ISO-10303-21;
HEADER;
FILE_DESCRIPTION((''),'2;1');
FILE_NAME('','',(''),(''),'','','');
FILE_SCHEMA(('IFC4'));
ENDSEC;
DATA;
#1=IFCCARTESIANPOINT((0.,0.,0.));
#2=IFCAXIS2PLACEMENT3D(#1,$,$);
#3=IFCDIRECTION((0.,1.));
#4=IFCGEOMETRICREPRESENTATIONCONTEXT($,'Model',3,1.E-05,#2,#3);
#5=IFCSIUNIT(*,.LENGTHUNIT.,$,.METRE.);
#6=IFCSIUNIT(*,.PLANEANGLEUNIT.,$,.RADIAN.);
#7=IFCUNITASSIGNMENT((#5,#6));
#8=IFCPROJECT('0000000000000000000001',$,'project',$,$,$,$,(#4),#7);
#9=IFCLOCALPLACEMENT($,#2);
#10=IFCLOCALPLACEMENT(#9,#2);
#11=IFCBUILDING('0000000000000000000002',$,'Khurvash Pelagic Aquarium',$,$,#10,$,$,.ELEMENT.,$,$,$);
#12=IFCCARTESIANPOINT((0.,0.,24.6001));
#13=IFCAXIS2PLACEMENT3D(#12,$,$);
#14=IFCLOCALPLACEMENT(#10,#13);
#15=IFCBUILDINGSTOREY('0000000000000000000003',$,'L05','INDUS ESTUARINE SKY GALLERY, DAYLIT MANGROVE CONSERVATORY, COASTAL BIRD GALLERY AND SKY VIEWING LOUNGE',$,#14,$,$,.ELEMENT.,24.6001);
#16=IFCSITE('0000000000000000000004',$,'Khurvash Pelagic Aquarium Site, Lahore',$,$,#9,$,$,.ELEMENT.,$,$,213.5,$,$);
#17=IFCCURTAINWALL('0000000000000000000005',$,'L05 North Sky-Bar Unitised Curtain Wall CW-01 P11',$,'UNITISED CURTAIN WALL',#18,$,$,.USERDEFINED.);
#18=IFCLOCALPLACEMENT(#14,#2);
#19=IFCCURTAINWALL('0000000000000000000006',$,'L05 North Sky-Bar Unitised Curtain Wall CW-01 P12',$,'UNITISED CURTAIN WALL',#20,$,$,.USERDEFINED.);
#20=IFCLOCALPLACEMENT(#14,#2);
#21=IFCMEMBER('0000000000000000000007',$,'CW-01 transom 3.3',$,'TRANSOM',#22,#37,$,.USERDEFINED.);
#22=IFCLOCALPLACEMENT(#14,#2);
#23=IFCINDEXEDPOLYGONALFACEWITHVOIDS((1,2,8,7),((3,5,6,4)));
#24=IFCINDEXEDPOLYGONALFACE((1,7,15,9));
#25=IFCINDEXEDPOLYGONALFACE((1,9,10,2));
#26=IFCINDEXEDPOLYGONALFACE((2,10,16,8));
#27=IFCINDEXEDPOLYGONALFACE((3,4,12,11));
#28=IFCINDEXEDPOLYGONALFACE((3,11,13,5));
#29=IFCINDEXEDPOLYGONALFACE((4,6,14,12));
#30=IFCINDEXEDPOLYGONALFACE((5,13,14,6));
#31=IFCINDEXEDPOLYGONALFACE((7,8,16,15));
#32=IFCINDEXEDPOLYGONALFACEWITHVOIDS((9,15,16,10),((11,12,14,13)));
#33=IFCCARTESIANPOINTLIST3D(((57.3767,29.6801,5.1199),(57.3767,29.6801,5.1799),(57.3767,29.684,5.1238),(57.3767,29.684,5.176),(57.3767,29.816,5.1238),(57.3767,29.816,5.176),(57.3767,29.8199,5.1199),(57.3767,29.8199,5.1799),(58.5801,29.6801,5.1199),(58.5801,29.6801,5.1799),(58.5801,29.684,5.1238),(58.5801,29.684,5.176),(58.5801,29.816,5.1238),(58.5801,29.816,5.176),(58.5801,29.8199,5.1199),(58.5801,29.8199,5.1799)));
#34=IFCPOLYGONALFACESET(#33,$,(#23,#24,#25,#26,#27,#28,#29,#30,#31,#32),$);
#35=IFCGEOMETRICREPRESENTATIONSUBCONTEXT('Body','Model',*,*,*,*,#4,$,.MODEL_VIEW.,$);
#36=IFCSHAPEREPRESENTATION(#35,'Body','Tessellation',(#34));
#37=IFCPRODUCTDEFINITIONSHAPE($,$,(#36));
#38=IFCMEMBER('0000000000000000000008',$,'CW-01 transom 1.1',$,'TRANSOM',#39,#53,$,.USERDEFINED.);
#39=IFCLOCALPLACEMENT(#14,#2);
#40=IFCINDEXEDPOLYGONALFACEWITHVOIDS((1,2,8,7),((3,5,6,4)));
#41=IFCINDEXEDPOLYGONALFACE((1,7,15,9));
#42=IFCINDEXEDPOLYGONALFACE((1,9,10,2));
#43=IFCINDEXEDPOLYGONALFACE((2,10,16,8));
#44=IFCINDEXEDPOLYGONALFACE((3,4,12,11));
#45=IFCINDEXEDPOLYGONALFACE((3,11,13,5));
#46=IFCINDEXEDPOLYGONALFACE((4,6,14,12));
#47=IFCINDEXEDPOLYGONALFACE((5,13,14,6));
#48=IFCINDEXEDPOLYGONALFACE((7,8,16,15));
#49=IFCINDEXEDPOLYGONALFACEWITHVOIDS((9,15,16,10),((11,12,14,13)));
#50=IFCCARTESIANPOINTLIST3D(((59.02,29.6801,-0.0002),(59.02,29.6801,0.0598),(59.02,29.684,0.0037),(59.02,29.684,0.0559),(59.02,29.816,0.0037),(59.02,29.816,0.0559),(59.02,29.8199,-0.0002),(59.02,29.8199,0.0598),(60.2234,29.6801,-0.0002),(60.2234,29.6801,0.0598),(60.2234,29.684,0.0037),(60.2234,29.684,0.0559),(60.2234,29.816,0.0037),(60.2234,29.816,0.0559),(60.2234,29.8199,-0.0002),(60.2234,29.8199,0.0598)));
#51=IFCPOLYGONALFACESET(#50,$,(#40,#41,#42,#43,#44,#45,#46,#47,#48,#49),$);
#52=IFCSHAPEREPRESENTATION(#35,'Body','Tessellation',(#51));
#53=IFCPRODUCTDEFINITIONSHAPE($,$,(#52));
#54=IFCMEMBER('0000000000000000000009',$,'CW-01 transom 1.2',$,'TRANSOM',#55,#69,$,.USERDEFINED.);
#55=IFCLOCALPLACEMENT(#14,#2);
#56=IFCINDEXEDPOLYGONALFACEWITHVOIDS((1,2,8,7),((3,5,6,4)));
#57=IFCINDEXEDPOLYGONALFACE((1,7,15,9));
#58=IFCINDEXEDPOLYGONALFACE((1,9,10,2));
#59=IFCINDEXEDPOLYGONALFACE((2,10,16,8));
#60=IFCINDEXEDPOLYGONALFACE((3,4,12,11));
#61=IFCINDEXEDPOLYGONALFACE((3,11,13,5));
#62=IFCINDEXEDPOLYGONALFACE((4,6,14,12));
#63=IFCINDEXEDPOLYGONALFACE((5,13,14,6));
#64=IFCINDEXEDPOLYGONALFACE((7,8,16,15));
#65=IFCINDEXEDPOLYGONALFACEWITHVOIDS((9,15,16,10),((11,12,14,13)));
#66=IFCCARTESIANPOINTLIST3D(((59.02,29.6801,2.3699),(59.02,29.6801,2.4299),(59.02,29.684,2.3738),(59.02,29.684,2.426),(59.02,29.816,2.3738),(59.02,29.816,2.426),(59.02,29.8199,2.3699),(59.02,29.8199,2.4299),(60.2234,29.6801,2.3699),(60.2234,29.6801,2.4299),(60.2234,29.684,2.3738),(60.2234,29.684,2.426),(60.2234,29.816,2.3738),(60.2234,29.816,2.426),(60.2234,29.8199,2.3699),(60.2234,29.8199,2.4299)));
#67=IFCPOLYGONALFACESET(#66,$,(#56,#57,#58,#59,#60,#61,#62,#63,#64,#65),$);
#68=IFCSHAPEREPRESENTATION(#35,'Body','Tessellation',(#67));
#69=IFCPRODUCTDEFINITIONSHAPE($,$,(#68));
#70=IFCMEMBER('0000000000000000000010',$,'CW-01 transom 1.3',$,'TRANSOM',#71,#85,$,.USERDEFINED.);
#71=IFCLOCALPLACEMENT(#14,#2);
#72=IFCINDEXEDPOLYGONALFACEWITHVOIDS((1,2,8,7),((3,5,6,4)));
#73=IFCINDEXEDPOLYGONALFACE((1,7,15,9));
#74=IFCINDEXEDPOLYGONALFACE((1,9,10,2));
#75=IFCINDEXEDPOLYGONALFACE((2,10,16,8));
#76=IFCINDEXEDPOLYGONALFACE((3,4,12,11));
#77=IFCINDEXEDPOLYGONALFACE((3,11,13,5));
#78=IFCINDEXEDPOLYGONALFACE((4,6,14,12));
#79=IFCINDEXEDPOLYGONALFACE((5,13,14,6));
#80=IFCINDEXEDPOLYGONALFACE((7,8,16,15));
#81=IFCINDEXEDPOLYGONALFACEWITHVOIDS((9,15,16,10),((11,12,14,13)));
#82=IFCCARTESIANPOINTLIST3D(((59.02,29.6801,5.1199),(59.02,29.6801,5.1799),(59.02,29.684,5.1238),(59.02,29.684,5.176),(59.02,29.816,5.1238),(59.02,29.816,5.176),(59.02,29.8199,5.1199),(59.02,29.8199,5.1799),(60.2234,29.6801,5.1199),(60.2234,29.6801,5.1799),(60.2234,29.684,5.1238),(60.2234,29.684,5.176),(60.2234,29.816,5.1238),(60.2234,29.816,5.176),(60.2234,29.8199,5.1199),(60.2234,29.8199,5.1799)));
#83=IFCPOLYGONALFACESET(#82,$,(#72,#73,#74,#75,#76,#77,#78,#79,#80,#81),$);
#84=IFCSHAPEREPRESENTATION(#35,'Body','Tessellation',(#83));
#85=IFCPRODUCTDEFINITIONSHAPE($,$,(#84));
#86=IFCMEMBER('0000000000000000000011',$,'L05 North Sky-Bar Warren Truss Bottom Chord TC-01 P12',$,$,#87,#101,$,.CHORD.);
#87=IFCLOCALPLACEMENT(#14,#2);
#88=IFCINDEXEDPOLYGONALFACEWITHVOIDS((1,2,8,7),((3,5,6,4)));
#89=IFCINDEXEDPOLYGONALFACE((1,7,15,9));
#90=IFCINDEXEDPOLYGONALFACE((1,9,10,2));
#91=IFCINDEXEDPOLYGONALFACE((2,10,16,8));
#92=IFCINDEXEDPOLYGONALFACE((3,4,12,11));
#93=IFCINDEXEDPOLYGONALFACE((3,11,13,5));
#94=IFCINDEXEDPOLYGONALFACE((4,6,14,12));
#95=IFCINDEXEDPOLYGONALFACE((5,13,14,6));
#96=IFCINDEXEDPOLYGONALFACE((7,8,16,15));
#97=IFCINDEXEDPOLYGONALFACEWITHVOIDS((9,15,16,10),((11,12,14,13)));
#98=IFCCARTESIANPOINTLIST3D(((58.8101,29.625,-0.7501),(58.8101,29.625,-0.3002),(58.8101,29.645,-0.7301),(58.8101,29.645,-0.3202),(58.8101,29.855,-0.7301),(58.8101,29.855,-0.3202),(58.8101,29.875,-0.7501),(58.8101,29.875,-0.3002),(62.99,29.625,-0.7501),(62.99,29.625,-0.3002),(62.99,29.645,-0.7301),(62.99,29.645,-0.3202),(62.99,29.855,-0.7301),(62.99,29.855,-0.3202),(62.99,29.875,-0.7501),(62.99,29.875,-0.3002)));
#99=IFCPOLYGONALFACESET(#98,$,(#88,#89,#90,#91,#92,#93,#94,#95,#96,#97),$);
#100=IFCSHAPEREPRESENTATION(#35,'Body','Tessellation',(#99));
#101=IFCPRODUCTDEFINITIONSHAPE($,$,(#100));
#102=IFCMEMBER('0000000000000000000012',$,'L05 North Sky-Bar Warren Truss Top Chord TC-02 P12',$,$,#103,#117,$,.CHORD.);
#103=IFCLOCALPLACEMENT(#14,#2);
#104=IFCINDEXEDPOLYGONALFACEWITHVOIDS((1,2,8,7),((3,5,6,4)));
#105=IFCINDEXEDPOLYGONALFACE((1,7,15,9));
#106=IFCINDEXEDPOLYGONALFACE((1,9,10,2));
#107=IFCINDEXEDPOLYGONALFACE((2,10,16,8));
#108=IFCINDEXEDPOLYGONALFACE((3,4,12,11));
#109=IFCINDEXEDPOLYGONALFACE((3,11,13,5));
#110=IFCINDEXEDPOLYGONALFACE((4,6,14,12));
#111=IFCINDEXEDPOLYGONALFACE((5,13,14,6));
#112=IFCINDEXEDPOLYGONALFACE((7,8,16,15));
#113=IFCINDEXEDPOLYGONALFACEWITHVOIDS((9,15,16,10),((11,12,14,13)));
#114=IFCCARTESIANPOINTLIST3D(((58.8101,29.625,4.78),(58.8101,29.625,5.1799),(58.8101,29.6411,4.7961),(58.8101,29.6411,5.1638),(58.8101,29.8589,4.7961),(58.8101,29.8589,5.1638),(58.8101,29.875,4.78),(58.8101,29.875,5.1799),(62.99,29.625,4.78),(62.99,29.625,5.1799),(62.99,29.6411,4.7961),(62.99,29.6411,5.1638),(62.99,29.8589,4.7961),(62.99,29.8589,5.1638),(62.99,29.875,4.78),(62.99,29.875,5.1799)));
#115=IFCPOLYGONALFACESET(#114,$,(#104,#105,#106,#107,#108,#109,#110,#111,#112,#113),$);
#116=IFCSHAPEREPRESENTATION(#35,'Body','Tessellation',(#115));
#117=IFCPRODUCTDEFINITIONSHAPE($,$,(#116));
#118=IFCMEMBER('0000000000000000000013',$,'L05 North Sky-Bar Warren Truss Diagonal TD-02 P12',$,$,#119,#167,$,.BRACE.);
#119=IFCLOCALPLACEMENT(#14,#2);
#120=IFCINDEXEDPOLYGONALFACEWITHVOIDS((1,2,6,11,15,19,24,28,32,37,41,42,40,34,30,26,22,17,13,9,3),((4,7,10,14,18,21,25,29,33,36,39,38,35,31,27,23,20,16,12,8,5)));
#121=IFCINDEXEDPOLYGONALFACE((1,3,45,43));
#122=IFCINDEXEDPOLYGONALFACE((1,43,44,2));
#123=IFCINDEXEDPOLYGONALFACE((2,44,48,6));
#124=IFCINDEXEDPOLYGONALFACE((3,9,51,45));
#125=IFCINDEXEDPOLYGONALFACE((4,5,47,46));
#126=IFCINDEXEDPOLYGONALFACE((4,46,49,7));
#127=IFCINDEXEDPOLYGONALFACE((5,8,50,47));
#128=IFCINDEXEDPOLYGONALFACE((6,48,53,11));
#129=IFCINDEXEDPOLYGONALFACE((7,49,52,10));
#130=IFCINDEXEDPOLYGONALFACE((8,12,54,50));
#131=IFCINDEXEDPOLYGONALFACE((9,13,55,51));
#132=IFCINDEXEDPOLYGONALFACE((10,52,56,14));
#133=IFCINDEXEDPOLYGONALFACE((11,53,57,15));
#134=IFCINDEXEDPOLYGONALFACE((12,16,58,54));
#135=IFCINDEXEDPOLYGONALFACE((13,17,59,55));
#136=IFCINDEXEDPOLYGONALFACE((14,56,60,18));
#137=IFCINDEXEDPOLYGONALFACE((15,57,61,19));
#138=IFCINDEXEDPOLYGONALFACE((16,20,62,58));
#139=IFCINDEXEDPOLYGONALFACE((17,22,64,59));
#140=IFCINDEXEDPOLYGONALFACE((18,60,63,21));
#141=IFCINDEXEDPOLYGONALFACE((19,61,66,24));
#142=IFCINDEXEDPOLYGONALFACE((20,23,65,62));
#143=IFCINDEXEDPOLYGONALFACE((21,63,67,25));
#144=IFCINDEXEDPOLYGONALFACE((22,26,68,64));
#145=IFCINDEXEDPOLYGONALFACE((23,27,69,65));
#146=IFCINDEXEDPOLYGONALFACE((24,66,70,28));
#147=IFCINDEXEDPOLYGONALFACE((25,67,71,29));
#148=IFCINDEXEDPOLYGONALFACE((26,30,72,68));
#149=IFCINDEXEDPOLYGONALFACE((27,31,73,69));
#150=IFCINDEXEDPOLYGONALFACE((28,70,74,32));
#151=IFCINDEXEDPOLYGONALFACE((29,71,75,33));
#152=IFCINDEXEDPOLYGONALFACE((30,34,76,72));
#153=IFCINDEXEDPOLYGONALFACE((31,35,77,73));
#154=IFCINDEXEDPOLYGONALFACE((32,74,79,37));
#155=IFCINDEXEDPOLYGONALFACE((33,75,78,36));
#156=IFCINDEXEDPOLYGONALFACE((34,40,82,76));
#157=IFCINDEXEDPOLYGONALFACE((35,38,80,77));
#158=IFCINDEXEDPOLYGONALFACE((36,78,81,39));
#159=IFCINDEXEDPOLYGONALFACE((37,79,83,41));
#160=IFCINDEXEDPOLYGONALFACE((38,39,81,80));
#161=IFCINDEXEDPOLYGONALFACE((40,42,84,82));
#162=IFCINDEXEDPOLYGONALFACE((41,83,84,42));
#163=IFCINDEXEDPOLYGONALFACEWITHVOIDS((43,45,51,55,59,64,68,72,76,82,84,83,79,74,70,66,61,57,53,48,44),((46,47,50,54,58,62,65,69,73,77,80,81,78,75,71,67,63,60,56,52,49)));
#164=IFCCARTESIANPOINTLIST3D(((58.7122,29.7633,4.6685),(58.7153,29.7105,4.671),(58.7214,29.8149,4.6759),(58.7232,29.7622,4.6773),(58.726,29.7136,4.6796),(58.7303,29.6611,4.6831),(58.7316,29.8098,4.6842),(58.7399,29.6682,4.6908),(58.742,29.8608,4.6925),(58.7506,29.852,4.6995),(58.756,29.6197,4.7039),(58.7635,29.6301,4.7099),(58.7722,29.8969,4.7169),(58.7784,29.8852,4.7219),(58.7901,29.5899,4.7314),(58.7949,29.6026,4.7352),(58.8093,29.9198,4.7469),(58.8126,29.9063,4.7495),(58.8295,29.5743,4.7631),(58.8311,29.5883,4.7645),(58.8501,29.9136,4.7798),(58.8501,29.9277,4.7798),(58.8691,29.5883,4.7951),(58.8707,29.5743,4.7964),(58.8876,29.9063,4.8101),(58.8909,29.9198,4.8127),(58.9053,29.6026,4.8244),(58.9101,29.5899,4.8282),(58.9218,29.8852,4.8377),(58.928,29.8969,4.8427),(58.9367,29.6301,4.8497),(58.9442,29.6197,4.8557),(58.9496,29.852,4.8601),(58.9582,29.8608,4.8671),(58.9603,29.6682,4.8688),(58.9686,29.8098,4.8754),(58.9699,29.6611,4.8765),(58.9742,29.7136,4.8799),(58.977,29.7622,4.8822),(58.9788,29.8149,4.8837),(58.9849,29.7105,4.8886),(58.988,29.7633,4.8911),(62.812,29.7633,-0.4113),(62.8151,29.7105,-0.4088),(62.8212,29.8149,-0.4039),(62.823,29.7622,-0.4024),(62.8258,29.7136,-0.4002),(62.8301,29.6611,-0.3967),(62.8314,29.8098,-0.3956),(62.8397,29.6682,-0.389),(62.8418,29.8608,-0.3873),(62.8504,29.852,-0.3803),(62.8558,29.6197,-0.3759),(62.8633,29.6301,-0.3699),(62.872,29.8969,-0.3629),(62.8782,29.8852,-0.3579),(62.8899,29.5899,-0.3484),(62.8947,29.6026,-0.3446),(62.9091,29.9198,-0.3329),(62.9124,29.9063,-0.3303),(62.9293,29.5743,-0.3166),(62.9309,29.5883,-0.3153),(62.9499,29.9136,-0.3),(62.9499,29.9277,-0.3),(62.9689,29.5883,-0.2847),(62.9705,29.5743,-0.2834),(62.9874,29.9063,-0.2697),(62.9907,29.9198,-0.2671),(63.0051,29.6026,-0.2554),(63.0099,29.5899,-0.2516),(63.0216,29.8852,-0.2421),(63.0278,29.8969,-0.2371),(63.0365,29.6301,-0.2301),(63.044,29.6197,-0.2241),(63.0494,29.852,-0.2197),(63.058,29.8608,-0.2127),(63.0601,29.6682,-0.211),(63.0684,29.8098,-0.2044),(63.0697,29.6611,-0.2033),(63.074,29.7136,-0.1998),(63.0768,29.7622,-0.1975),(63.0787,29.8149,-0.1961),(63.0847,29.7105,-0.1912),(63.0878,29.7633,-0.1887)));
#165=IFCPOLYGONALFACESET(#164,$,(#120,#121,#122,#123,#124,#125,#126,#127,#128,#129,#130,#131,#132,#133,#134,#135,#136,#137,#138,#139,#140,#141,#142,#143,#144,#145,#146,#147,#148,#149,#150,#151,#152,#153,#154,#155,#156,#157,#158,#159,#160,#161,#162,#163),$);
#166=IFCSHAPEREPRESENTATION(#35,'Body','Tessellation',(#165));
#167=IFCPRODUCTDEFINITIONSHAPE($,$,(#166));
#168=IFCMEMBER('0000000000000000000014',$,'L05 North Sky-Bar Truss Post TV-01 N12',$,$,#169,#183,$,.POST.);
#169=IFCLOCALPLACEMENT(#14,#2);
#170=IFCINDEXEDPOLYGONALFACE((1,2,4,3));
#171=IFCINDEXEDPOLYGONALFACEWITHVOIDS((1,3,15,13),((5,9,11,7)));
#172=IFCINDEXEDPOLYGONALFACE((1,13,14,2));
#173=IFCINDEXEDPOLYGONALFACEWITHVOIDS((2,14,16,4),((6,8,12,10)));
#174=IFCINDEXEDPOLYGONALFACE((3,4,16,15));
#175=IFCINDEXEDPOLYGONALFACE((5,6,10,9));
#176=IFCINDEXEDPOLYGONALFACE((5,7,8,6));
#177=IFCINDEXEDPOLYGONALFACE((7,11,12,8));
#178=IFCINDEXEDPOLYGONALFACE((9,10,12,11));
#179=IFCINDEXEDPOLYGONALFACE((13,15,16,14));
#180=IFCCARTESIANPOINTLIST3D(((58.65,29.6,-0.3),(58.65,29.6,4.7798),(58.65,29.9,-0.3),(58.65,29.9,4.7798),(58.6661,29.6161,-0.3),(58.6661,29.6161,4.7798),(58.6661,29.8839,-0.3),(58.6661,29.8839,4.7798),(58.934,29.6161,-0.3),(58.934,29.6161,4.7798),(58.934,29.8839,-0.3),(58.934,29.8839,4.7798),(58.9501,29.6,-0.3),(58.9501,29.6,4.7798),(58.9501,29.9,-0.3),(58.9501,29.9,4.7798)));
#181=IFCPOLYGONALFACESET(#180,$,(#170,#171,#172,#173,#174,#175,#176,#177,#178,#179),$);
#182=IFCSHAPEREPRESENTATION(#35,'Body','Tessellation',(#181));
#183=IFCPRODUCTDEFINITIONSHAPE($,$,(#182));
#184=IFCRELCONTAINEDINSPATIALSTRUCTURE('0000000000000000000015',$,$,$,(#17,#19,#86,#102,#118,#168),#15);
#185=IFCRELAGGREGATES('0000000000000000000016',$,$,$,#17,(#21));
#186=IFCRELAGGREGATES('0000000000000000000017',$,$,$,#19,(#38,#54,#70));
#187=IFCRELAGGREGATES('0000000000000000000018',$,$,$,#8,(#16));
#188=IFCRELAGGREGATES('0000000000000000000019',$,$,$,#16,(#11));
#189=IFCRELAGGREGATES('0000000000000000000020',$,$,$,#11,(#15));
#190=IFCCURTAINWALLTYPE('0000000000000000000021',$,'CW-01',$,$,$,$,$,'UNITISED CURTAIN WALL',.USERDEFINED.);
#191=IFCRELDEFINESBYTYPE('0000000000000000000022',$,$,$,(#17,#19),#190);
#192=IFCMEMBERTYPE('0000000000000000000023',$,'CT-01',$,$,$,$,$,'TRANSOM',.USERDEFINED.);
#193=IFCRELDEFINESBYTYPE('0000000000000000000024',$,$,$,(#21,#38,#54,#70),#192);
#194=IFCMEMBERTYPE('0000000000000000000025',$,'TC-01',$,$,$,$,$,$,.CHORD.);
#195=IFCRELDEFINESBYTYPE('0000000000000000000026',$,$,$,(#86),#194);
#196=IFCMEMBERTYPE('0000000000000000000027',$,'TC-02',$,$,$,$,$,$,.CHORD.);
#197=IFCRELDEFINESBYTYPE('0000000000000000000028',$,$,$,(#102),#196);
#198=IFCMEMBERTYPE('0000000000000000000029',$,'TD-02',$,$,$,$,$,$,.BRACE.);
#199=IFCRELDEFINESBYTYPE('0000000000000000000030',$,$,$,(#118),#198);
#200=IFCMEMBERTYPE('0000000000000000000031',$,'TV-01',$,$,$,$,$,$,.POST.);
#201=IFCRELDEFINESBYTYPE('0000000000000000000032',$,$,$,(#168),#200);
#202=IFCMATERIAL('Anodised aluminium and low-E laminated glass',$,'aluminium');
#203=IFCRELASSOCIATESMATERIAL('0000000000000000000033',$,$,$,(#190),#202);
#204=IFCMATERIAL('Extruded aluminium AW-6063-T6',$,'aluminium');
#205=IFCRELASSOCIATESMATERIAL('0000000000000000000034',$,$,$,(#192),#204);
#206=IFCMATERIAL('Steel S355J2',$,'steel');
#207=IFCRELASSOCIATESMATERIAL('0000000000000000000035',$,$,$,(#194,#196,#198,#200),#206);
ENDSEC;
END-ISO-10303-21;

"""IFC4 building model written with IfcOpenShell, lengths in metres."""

from ifc_helpers import new_model, si_unit, direction, frame, origin, origin_2d, place, context, subcontext, project, spatial, hollow_rectangle, hollow_circle, extrude, material, material_profile, profile_set, type_object, element, aggregate, save


model = new_model("IFC4")

# Units and contexts
model_context = context("Model", 3, precision=1e-05, world=origin(), true_north=direction((0.0, 1.0)))
body_context = subcontext(model_context, "Body", "Model", "MODEL_VIEW")
ifc_project = project(units=[si_unit("LENGTHUNIT", "METRE"), si_unit("PLANEANGLEUNIT", "RADIAN")], contexts=[model_context])

# Site, building, storey
site_placement = place(None, origin())
site = spatial("IfcSite", under=ifc_project, at=site_placement, Name="Khurvash Pelagic Aquarium Site, Lahore", CompositionType="ELEMENT", RefElevation=213.5)
building_placement = place(site_placement, origin())
building = spatial("IfcBuilding", under=site, at=building_placement, Name="Khurvash Pelagic Aquarium", CompositionType="ELEMENT")
storey_placement = place(building_placement, frame((0.0, 0.0, 24.6001)))
storey = spatial("IfcBuildingStorey", under=building, at=storey_placement, Name="L05", Description="INDUS ESTUARINE SKY GALLERY, DAYLIT MANGROVE CONSERVATORY, COASTAL BIRD GALLERY AND SKY VIEWING LOUNGE", CompositionType="ELEMENT", Elevation=24.6001)

# Curtain wall
ifc_material_1 = material(Name="Anodised aluminium and low-E laminated glass", Category="aluminium")
curtain_wall_type = type_object("IfcCurtainWallType", Name="CW-01", ElementType="UNITISED CURTAIN WALL", PredefinedType="USERDEFINED", material=ifc_material_1)
curtain_wall_1_placement = place(storey_placement, origin())
curtain_wall_1 = element("IfcCurtainWall", 1, at=curtain_wall_1_placement, inside=storey, type_object=curtain_wall_type, Name="L05 North Sky-Bar Unitised Curtain Wall CW-01 P11", ObjectType="UNITISED CURTAIN WALL", PredefinedType="USERDEFINED")
ifc_material_2 = material(Name="Extruded aluminium AW-6063-T6", Category="aluminium")

# Curtain wall
curtain_wall_2_placement = place(storey_placement, origin())
curtain_wall_2 = element("IfcCurtainWall", 2, at=curtain_wall_2_placement, inside=storey, type_object=curtain_wall_type, Name="L05 North Sky-Bar Unitised Curtain Wall CW-01 P12", ObjectType="UNITISED CURTAIN WALL", PredefinedType="USERDEFINED")

# Members
ifc_material_profile_1 = material_profile(ifc_material_2, hollow_rectangle(XDim=0.1399, YDim=0.0601, WallThickness=0.0039, at=origin_2d()), Name="CWT140X60X4")
ifc_profile_set_1 = profile_set([ifc_material_profile_1], Name="Extruded aluminium AW-6063-T6")
member_type_1 = type_object("IfcMemberType", Name="CT-01", ElementType="TRANSOM", PredefinedType="USERDEFINED", material=ifc_profile_set_1)
member_1_placement = place(storey_placement, frame((57.3767, 29.75, 5.1499), z_axis=(1.0, 0.0, 0.0), x_axis=(0.0, 1.0, 0.0)))
member_1 = element("IfcMember", 3, at=member_1_placement, type_object=member_type_1, Name="CW-01 transom 3.3", ObjectType="TRANSOM", PredefinedType="USERDEFINED", context=body_context, shape_type="SweptSolid", body=[
    extrude(hollow_rectangle(XDim=0.1399, YDim=0.0601, WallThickness=0.0039, at=origin_2d()), origin(), (0.0, 0.0, 1.0), 1.2034),
])
member_2_placement = place(storey_placement, frame((59.02, 29.75, 0.0298), z_axis=(1.0, 0.0, 0.0), x_axis=(0.0, 1.0, 0.0)))
member_2 = element("IfcMember", 4, at=member_2_placement, type_object=member_type_1, Name="CW-01 transom 1.1", ObjectType="TRANSOM", PredefinedType="USERDEFINED", context=body_context, shape_type="SweptSolid", body=[
    extrude(hollow_rectangle(XDim=0.1399, YDim=0.0601, WallThickness=0.0039, at=origin_2d()), origin(), (0.0, 0.0, 1.0), 1.2034),
])
member_3_placement = place(storey_placement, frame((59.02, 29.75, 2.3999), z_axis=(1.0, 0.0, 0.0), x_axis=(0.0, 1.0, 0.0)))
member_3 = element("IfcMember", 5, at=member_3_placement, type_object=member_type_1, Name="CW-01 transom 1.2", ObjectType="TRANSOM", PredefinedType="USERDEFINED", context=body_context, shape_type="SweptSolid", body=[
    extrude(hollow_rectangle(XDim=0.1399, YDim=0.0601, WallThickness=0.0039, at=origin_2d()), origin(), (0.0, 0.0, 1.0), 1.2034),
])
member_4_placement = place(storey_placement, frame((59.02, 29.75, 5.1499), z_axis=(1.0, 0.0, 0.0), x_axis=(0.0, 1.0, 0.0)))
member_4 = element("IfcMember", 6, at=member_4_placement, type_object=member_type_1, Name="CW-01 transom 1.3", ObjectType="TRANSOM", PredefinedType="USERDEFINED", context=body_context, shape_type="SweptSolid", body=[
    extrude(hollow_rectangle(XDim=0.1399, YDim=0.0601, WallThickness=0.0039, at=origin_2d()), origin(), (0.0, 0.0, 1.0), 1.2034),
])

# Members
ifc_material_3 = material(Name="Steel S355J2", Category="steel")
ifc_material_profile_2 = material_profile(ifc_material_3, hollow_rectangle(XDim=0.25, YDim=0.45, WallThickness=0.02, at=origin_2d()), Name="RHS450X250X20")
ifc_profile_set_2 = profile_set([ifc_material_profile_2], Name="Steel S355J2")
member_type_2 = type_object("IfcMemberType", Name="TC-01", PredefinedType="CHORD", material=ifc_profile_set_2)
member_5_placement = place(storey_placement, frame((58.8101, 29.75, -0.5251), z_axis=(1.0, 0.0, 0.0), x_axis=(0.0, 1.0, 0.0)))
element("IfcMember", 7, at=member_5_placement, inside=storey, type_object=member_type_2, Name="L05 North Sky-Bar Warren Truss Bottom Chord TC-01 P12", PredefinedType="CHORD", context=body_context, shape_type="SweptSolid", body=[
    extrude(hollow_rectangle(XDim=0.25, YDim=0.45, WallThickness=0.02, at=origin_2d()), origin(), (0.0, 0.0, 1.0), 4.1799),
])
ifc_material_profile_3 = material_profile(ifc_material_3, hollow_rectangle(XDim=0.25, YDim=0.3999, WallThickness=0.0161, at=origin_2d()), Name="RHS400X250X16")
ifc_profile_set_3 = profile_set([ifc_material_profile_3], Name="Steel S355J2")
member_type_3 = type_object("IfcMemberType", Name="TC-02", PredefinedType="CHORD", material=ifc_profile_set_3)
member_6_placement = place(storey_placement, frame((58.8101, 29.75, 4.98), z_axis=(1.0, 0.0, 0.0), x_axis=(0.0, 1.0, 0.0)))
element("IfcMember", 8, at=member_6_placement, inside=storey, type_object=member_type_3, Name="L05 North Sky-Bar Warren Truss Top Chord TC-02 P12", PredefinedType="CHORD", context=body_context, shape_type="SweptSolid", body=[
    extrude(hollow_rectangle(XDim=0.25, YDim=0.3999, WallThickness=0.0161, at=origin_2d()), origin(), (0.0, 0.0, 1.0), 4.1799),
])
ifc_material_profile_4 = material_profile(ifc_material_3, hollow_circle(Radius=0.1777, WallThickness=0.0142, at=origin_2d()), Name="CHS355X14")
ifc_profile_set_4 = profile_set([ifc_material_profile_4], Name="Steel S355J2")
member_type_4 = type_object("IfcMemberType", Name="TD-02", PredefinedType="BRACE", material=ifc_profile_set_4)
member_7_placement = place(storey_placement, frame((58.8501, 29.75, 4.7798), z_axis=(0.628051, 0.0, -0.778172), x_axis=(0.0, 1.0, 0.0)))
element("IfcMember", 9, at=member_7_placement, inside=storey, type_object=member_type_4, Name="L05 North Sky-Bar Warren Truss Diagonal TD-02 P12", PredefinedType="BRACE", context=body_context, shape_type="SweptSolid", body=[
    extrude(hollow_circle(Radius=0.1777, WallThickness=0.0142, at=origin_2d()), origin(), (0.0, 0.0, 1.0), 6.5278),
])
ifc_material_profile_5 = material_profile(ifc_material_3, hollow_rectangle(XDim=0.3, YDim=0.3, WallThickness=0.0161, at=origin_2d()), Name="SHS300X300X16")
ifc_profile_set_5 = profile_set([ifc_material_profile_5], Name="Steel S355J2")
member_type_5 = type_object("IfcMemberType", Name="TV-01", PredefinedType="POST", material=ifc_profile_set_5)
member_8_placement = place(storey_placement, frame((58.8, 29.75, -0.3), z_axis=(0.0, 0.0, 1.0), x_axis=(1.0, 0.0, 0.0)))
element("IfcMember", 10, at=member_8_placement, inside=storey, type_object=member_type_5, Name="L05 North Sky-Bar Truss Post TV-01 N12", PredefinedType="POST", context=body_context, shape_type="SweptSolid", body=[
    extrude(hollow_rectangle(XDim=0.3, YDim=0.3, WallThickness=0.0161, at=origin_2d()), origin(), (0.0, 0.0, 1.0), 5.0798),
])

aggregate(curtain_wall_1, [member_1])
aggregate(curtain_wall_2, [member_2, member_3, member_4])

save(model, "model.ifc")
